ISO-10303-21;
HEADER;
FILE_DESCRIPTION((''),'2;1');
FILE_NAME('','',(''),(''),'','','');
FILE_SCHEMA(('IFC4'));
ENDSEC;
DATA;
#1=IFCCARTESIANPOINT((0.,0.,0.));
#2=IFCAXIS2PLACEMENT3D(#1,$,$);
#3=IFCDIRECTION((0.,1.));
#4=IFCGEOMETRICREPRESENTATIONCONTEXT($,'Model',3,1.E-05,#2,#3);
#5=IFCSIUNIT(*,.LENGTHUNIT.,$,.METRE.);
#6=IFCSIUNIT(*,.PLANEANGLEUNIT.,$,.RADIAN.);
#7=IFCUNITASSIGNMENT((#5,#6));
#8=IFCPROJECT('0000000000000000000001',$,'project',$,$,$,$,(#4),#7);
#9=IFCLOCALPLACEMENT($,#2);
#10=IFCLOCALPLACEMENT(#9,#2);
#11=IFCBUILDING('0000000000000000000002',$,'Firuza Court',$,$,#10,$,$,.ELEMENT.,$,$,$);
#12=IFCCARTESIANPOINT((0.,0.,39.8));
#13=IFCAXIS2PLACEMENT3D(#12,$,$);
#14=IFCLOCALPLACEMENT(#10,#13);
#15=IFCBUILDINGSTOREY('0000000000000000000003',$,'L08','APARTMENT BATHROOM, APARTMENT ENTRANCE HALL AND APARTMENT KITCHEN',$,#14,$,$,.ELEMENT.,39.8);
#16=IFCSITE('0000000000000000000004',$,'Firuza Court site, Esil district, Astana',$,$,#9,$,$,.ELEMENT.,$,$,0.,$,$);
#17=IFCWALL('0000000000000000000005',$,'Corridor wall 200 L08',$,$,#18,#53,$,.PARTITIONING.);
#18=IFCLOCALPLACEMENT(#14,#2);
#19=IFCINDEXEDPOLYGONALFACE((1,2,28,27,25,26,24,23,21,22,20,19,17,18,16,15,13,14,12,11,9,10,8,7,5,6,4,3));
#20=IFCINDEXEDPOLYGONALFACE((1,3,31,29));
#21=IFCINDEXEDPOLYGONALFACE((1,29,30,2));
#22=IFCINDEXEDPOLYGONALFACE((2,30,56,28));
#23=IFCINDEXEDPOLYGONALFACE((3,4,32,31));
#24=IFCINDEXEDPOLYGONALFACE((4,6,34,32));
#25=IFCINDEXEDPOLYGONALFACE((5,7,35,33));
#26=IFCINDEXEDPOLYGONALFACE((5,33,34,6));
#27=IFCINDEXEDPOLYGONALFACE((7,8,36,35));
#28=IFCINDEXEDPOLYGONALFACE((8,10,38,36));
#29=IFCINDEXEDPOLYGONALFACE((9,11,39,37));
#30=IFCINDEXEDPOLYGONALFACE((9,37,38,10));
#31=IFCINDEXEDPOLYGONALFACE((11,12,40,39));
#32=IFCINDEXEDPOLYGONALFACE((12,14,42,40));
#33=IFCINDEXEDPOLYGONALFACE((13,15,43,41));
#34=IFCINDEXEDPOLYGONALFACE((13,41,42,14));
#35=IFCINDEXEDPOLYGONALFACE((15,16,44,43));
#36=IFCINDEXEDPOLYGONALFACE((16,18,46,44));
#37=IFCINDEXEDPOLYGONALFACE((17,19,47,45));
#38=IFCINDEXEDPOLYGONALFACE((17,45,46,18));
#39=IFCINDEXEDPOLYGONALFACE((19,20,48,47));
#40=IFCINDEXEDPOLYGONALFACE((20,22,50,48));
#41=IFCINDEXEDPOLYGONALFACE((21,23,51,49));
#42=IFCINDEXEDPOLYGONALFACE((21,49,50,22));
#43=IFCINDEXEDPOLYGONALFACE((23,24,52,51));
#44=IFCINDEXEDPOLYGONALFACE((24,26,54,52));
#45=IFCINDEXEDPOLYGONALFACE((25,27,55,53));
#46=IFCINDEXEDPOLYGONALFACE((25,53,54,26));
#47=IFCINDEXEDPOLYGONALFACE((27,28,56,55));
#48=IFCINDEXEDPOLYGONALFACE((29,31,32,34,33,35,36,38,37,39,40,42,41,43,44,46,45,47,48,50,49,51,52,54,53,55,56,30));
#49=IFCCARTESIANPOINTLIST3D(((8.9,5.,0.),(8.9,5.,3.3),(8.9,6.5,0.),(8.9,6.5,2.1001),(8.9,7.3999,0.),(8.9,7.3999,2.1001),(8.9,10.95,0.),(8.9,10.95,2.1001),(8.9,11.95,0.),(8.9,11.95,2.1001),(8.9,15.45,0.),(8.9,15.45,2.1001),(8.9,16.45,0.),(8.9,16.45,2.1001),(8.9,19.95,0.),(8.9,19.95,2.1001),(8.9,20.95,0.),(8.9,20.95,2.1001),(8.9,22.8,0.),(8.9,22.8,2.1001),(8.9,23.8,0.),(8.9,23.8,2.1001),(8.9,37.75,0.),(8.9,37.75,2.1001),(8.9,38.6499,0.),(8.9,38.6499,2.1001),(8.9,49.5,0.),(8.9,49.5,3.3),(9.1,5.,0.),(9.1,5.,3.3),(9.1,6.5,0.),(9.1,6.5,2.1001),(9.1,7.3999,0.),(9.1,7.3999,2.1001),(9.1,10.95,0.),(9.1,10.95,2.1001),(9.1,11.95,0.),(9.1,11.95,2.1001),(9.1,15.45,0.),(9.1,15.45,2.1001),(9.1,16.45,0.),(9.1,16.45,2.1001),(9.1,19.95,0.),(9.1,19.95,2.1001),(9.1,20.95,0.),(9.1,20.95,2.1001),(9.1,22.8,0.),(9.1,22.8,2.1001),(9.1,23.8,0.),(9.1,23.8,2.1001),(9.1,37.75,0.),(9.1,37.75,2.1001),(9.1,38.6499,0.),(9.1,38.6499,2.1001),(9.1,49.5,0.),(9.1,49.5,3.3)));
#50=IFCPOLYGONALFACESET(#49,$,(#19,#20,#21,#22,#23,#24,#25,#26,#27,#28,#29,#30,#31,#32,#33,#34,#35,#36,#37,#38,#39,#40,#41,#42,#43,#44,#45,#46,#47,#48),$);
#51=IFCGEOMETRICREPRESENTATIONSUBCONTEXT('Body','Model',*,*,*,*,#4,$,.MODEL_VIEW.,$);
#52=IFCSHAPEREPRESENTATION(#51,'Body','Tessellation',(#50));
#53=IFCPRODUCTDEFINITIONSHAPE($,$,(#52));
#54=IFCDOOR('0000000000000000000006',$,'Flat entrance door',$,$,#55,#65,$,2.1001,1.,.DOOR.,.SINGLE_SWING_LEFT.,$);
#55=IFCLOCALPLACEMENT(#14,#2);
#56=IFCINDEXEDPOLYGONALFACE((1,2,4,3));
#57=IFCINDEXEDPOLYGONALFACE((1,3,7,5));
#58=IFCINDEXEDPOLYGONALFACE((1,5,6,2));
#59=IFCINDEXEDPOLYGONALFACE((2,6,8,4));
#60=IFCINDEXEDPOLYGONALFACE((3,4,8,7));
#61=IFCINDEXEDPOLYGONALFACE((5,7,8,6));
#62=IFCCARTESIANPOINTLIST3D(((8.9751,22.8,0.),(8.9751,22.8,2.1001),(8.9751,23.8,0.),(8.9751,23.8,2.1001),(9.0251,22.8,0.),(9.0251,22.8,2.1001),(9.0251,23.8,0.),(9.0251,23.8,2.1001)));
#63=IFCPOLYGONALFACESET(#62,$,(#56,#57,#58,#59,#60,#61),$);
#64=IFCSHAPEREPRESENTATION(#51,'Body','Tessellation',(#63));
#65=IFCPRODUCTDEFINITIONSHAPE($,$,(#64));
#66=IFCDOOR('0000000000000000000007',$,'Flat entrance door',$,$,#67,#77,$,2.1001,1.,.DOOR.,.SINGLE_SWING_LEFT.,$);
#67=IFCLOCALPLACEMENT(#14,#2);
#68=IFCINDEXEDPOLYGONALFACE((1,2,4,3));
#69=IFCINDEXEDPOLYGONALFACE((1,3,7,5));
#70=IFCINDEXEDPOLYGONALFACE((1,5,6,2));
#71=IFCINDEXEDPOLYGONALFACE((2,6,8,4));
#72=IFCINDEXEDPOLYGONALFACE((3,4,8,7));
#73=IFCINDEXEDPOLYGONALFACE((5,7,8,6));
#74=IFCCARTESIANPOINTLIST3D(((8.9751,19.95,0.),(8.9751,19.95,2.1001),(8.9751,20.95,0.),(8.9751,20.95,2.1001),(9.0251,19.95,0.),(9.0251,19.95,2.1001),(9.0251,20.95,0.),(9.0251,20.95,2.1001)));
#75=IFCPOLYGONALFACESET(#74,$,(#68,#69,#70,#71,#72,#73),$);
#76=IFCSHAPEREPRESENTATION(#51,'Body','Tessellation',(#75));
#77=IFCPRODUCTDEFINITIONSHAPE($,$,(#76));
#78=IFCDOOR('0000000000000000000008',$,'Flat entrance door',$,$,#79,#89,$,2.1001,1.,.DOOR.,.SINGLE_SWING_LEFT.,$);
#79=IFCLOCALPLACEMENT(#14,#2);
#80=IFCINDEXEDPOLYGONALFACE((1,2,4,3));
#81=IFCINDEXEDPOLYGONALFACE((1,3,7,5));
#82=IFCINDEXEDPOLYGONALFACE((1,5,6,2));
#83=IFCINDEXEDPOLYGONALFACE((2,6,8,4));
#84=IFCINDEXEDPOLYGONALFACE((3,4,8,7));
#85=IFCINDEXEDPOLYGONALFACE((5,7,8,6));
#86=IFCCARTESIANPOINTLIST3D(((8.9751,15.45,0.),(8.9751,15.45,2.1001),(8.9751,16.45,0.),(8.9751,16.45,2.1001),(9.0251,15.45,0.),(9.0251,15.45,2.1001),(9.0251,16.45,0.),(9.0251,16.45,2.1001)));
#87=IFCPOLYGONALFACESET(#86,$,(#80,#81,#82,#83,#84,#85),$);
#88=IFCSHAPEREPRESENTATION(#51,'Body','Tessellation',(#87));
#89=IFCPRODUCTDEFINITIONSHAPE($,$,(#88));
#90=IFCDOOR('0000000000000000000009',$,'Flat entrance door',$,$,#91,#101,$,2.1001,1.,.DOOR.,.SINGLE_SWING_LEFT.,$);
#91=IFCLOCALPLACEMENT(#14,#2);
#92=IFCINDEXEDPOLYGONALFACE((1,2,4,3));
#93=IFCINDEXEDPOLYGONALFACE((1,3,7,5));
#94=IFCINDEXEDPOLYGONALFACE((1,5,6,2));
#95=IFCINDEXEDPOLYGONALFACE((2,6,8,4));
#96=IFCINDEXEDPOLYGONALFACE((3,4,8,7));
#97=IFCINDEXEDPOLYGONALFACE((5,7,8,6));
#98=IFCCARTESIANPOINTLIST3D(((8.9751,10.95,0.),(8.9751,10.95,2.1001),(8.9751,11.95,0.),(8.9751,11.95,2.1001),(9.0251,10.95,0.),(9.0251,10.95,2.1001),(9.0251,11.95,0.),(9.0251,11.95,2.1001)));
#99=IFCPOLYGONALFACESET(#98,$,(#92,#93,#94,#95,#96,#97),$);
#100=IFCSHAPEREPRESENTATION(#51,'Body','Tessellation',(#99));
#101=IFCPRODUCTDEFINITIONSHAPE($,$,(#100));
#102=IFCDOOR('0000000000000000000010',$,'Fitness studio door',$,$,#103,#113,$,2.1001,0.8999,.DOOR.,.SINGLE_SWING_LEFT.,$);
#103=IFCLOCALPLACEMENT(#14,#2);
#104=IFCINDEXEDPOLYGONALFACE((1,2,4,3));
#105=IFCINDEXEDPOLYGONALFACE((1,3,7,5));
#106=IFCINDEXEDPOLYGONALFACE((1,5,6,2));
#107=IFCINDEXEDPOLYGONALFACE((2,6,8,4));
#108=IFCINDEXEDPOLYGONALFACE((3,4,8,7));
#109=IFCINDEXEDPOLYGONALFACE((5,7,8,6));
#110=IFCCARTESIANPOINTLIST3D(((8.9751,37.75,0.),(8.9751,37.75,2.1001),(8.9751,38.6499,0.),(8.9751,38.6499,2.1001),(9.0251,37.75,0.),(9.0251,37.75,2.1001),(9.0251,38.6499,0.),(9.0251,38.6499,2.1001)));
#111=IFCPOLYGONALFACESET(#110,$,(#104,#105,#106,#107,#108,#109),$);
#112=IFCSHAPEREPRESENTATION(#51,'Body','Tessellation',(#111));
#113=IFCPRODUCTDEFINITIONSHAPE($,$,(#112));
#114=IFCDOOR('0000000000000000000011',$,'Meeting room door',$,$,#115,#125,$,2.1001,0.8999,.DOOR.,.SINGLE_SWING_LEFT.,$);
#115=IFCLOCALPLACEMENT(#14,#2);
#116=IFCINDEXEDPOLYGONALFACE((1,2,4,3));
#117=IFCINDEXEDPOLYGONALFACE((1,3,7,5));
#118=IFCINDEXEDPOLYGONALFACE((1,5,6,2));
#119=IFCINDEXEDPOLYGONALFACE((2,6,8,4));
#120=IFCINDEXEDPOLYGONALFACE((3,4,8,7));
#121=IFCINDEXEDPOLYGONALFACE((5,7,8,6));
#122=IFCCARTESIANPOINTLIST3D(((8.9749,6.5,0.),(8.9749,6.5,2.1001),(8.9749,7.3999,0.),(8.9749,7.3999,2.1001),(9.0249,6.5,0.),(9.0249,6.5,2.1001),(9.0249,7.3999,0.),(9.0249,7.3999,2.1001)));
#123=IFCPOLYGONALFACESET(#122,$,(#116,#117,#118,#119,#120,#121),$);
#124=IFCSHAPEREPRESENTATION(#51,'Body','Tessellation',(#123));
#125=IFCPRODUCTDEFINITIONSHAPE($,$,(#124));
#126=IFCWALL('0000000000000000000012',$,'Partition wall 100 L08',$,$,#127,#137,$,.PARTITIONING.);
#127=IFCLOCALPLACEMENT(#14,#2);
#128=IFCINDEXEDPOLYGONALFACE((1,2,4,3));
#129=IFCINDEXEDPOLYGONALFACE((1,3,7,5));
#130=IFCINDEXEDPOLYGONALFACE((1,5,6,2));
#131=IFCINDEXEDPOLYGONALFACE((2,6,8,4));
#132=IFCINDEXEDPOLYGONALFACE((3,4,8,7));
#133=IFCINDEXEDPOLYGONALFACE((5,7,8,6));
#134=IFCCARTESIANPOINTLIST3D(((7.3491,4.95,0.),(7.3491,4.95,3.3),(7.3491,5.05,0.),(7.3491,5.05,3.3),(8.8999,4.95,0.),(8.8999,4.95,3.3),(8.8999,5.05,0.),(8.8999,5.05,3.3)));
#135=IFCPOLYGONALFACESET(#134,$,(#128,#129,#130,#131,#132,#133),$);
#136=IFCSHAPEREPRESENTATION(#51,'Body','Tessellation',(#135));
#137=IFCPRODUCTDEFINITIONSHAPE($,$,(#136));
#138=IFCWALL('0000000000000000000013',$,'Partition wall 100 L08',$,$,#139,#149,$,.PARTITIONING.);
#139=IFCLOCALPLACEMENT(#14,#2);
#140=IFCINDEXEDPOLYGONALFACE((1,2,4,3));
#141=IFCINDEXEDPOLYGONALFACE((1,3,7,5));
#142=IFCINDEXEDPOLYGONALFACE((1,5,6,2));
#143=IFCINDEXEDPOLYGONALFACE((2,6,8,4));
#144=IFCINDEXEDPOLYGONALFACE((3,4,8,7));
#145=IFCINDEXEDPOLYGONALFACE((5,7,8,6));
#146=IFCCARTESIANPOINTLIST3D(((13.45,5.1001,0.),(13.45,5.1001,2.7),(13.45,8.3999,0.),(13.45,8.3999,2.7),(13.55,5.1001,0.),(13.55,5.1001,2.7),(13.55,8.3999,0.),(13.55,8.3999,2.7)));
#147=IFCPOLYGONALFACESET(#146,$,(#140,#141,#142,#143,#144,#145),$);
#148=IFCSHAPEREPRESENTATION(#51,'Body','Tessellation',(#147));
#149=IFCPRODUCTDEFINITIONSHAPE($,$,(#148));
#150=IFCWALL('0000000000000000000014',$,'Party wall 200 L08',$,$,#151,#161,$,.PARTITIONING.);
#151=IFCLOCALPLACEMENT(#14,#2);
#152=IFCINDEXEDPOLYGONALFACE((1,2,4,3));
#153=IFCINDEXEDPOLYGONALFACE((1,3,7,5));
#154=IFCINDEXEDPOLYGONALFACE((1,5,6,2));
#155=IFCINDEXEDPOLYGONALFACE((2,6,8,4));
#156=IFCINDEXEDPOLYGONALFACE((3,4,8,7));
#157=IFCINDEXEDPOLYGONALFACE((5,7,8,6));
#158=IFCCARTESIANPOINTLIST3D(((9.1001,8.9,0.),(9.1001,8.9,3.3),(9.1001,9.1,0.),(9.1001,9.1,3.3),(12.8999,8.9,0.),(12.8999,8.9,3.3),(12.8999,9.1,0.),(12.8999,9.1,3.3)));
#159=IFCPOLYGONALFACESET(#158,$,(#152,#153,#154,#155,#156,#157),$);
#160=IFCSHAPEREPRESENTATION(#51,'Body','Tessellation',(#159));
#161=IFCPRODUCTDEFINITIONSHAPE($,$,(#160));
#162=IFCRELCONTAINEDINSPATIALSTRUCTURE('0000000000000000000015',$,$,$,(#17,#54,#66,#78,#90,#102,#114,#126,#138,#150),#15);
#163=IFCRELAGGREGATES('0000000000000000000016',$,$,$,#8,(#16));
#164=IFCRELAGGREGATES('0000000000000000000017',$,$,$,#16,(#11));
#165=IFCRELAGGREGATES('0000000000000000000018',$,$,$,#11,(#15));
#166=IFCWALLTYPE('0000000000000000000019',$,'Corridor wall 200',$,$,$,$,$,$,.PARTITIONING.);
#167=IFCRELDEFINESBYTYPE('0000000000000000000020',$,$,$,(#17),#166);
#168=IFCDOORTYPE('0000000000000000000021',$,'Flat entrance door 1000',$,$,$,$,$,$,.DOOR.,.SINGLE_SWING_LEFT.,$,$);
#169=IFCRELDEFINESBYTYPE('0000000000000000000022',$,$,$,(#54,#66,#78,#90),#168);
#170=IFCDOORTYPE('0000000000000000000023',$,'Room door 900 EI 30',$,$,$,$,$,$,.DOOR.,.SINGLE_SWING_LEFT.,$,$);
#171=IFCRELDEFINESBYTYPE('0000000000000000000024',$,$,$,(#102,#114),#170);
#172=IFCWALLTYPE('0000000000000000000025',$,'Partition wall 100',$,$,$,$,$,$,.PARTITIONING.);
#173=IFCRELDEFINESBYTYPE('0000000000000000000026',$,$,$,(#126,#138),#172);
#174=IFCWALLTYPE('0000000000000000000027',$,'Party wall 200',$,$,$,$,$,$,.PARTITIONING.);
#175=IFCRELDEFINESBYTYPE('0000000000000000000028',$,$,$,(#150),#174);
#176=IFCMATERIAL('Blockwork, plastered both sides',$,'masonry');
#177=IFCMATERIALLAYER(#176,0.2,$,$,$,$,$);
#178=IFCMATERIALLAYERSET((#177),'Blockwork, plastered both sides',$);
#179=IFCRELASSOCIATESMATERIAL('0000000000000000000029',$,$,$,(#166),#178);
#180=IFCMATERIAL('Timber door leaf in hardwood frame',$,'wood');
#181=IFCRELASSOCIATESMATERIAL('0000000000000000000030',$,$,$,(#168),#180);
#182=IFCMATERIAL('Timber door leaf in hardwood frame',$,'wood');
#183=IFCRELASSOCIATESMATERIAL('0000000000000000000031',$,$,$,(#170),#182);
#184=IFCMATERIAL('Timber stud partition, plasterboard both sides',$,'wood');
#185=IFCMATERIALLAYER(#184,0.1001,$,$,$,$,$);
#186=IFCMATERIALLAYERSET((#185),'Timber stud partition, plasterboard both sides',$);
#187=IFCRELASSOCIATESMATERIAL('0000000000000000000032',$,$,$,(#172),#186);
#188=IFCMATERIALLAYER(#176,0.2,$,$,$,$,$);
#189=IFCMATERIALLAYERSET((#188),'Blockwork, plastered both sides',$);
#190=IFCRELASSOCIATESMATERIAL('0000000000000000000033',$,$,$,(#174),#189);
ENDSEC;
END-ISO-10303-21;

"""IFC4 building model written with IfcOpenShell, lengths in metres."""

from ifc_helpers import new_model, si_unit, direction, frame, frame_2d, origin, place, context, subcontext, project, spatial, rectangle, extrude, material, layer, layer_set, type_object, element, fill, save


model = new_model("IFC4")

# Units and contexts
model_context = context("Model", 3, precision=1e-05, world=origin(), true_north=direction((0.0, 1.0)))
body_context = subcontext(model_context, "Body", "Model", "MODEL_VIEW")
ifc_project = project(units=[si_unit("LENGTHUNIT", "METRE"), si_unit("PLANEANGLEUNIT", "RADIAN")], contexts=[model_context])

# Site, building, storey
site_placement = place(None, origin())
site = spatial("IfcSite", under=ifc_project, at=site_placement, Name="Firuza Court site, Esil district, Astana", CompositionType="ELEMENT", RefElevation=0.0)
building_placement = place(site_placement, origin())
building = spatial("IfcBuilding", under=site, at=building_placement, Name="Firuza Court", CompositionType="ELEMENT")
storey_placement = place(building_placement, frame((0.0, 0.0, 39.8)))
storey = spatial("IfcBuildingStorey", under=building, at=storey_placement, Name="L08", Description="APARTMENT BATHROOM, APARTMENT ENTRANCE HALL AND APARTMENT KITCHEN", CompositionType="ELEMENT", Elevation=39.8)

# Wall, openings, doors
ifc_material_1 = material(Name="Blockwork, plastered both sides", Category="masonry")
ifc_layer_1 = layer(ifc_material_1, 0.2)
ifc_layer_set_1 = layer_set([ifc_layer_1], Name="Blockwork, plastered both sides")
wall_type_1 = type_object("IfcWallType", Name="Corridor wall 200", PredefinedType="PARTITIONING", material=ifc_layer_set_1)
wall_1_placement = place(storey_placement, frame((9.0, 5.0, 0.0), z_axis=(0.0, 0.0, 1.0), x_axis=(0.0, 1.0, 0.0)))
wall_1 = element("IfcWall", 1, at=wall_1_placement, inside=storey, type_object=wall_type_1, Name="Corridor wall 200 L08", PredefinedType="PARTITIONING", context=body_context, shape_type="SweptSolid", body=[
    extrude(rectangle(XDim=44.5, YDim=0.2, at=frame_2d((22.25, 0.0))), origin(), (0.0, 0.0, 1.0), 3.3),
])
opening_1_placement = place(wall_1_placement, frame((17.8, 0.0, 0.0)))
opening_1 = element("IfcOpeningElement", 2, at=opening_1_placement, cuts=wall_1, PredefinedType="OPENING", context=body_context, shape_type="SweptSolid", body=[
    extrude(rectangle(XDim=1.0, YDim=2.1001, at=frame_2d((0.5, 1.05))), frame((0.0, 0.1118, 0.0), z_axis=(0.0, -1.0, 0.0), x_axis=(1.0, 0.0, 0.0)), (0.0, 0.0, 1.0), 0.2239),
])
opening_2_placement = place(wall_1_placement, frame((14.95, 0.0, 0.0)))
opening_2 = element("IfcOpeningElement", 3, at=opening_2_placement, cuts=wall_1, PredefinedType="OPENING", context=body_context, shape_type="SweptSolid", body=[
    extrude(rectangle(XDim=1.0, YDim=2.1001, at=frame_2d((0.5, 1.05))), frame((0.0, 0.1118, 0.0), z_axis=(0.0, -1.0, 0.0), x_axis=(1.0, 0.0, 0.0)), (0.0, 0.0, 1.0), 0.2239),
])
opening_3_placement = place(wall_1_placement, frame((10.45, 0.0, 0.0)))
opening_3 = element("IfcOpeningElement", 4, at=opening_3_placement, cuts=wall_1, PredefinedType="OPENING", context=body_context, shape_type="SweptSolid", body=[
    extrude(rectangle(XDim=1.0, YDim=2.1001, at=frame_2d((0.5, 1.05))), frame((0.0, 0.1118, 0.0), z_axis=(0.0, -1.0, 0.0), x_axis=(1.0, 0.0, 0.0)), (0.0, 0.0, 1.0), 0.2239),
])
opening_4_placement = place(wall_1_placement, frame((5.95, 0.0, 0.0)))
opening_4 = element("IfcOpeningElement", 5, at=opening_4_placement, cuts=wall_1, PredefinedType="OPENING", context=body_context, shape_type="SweptSolid", body=[
    extrude(rectangle(XDim=1.0, YDim=2.1001, at=frame_2d((0.5, 1.05))), frame((0.0, 0.1118, 0.0), z_axis=(0.0, -1.0, 0.0), x_axis=(1.0, 0.0, 0.0)), (0.0, 0.0, 1.0), 0.2239),
])
opening_5_placement = place(wall_1_placement, frame((32.75, 0.0, 0.0)))
opening_5 = element("IfcOpeningElement", 6, at=opening_5_placement, cuts=wall_1, PredefinedType="OPENING", context=body_context, shape_type="SweptSolid", body=[
    extrude(rectangle(XDim=0.8999, YDim=2.1001, at=frame_2d((0.45, 1.05))), frame((0.0, 0.1118, 0.0), z_axis=(0.0, -1.0, 0.0), x_axis=(1.0, 0.0, 0.0)), (0.0, 0.0, 1.0), 0.2239),
])
opening_6_placement = place(wall_1_placement, frame((1.5, 0.0, 0.0)))
opening_6 = element("IfcOpeningElement", 7, at=opening_6_placement, cuts=wall_1, PredefinedType="OPENING", context=body_context, shape_type="SweptSolid", body=[
    extrude(rectangle(XDim=0.8999, YDim=2.1001, at=frame_2d((0.45, 1.05))), frame((0.0, 0.1118, 0.0), z_axis=(0.0, -1.0, 0.0), x_axis=(1.0, 0.0, 0.0)), (0.0, 0.0, 1.0), 0.2239),
])
ifc_material_2 = material(Name="Timber door leaf in hardwood frame", Category="wood")
door_type_1 = type_object("IfcDoorType", Name="Flat entrance door 1000", OperationType="SINGLE_SWING_LEFT", PredefinedType="DOOR", material=ifc_material_2)
door_1_placement = place(opening_1_placement, origin())
door_1 = element("IfcDoor", 8, at=door_1_placement, inside=storey, type_object=door_type_1, Name="Flat entrance door", OperationType="SINGLE_SWING_LEFT", OverallHeight=2.1001, OverallWidth=1.0, PredefinedType="DOOR", context=body_context, shape_type="SweptSolid", body=[
    extrude(rectangle(XDim=1.0, YDim=2.1001, at=frame_2d((0.5, 1.05))), frame((0.0, 0.0249, 0.0), z_axis=(0.0, -1.0, 0.0), x_axis=(1.0, 0.0, 0.0)), (0.0, 0.0, 1.0), 0.05),
])
fill(opening_1, door_1)
door_2_placement = place(opening_2_placement, origin())
door_2 = element("IfcDoor", 9, at=door_2_placement, inside=storey, type_object=door_type_1, Name="Flat entrance door", OperationType="SINGLE_SWING_LEFT", OverallHeight=2.1001, OverallWidth=1.0, PredefinedType="DOOR", context=body_context, shape_type="SweptSolid", body=[
    extrude(rectangle(XDim=1.0, YDim=2.1001, at=frame_2d((0.5, 1.05))), frame((0.0, 0.0249, 0.0), z_axis=(0.0, -1.0, 0.0), x_axis=(1.0, 0.0, 0.0)), (0.0, 0.0, 1.0), 0.05),
])
fill(opening_2, door_2)
door_3_placement = place(opening_3_placement, origin())
door_3 = element("IfcDoor", 10, at=door_3_placement, inside=storey, type_object=door_type_1, Name="Flat entrance door", OperationType="SINGLE_SWING_LEFT", OverallHeight=2.1001, OverallWidth=1.0, PredefinedType="DOOR", context=body_context, shape_type="SweptSolid", body=[
    extrude(rectangle(XDim=1.0, YDim=2.1001, at=frame_2d((0.5, 1.05))), frame((0.0, 0.0249, 0.0), z_axis=(0.0, -1.0, 0.0), x_axis=(1.0, 0.0, 0.0)), (0.0, 0.0, 1.0), 0.05),
])
fill(opening_3, door_3)
door_4_placement = place(opening_4_placement, origin())
door_4 = element("IfcDoor", 11, at=door_4_placement, inside=storey, type_object=door_type_1, Name="Flat entrance door", OperationType="SINGLE_SWING_LEFT", OverallHeight=2.1001, OverallWidth=1.0, PredefinedType="DOOR", context=body_context, shape_type="SweptSolid", body=[
    extrude(rectangle(XDim=1.0, YDim=2.1001, at=frame_2d((0.5, 1.05))), frame((0.0, 0.0249, 0.0), z_axis=(0.0, -1.0, 0.0), x_axis=(1.0, 0.0, 0.0)), (0.0, 0.0, 1.0), 0.05),
])
fill(opening_4, door_4)
ifc_material_3 = material(Name="Timber door leaf in hardwood frame", Category="wood")
door_type_2 = type_object("IfcDoorType", Name="Room door 900 EI 30", OperationType="SINGLE_SWING_LEFT", PredefinedType="DOOR", material=ifc_material_3)
door_5_placement = place(opening_5_placement, origin())
door_5 = element("IfcDoor", 12, at=door_5_placement, inside=storey, type_object=door_type_2, Name="Fitness studio door", OperationType="SINGLE_SWING_LEFT", OverallHeight=2.1001, OverallWidth=0.8999, PredefinedType="DOOR", context=body_context, shape_type="SweptSolid", body=[
    extrude(rectangle(XDim=0.8999, YDim=2.1001, at=frame_2d((0.45, 1.05))), frame((0.0, 0.0249, 0.0), z_axis=(0.0, -1.0, 0.0), x_axis=(1.0, 0.0, 0.0)), (0.0, 0.0, 1.0), 0.05),
])
fill(opening_5, door_5)
door_6_placement = place(opening_6_placement, frame((0.8999, 0.0, 0.0), z_axis=(0.0, 0.0, 1.0), x_axis=(-1.0, 0.0, 0.0)))
door_6 = element("IfcDoor", 13, at=door_6_placement, inside=storey, type_object=door_type_2, Name="Meeting room door", OperationType="SINGLE_SWING_LEFT", OverallHeight=2.1001, OverallWidth=0.8999, PredefinedType="DOOR", context=body_context, shape_type="SweptSolid", body=[
    extrude(rectangle(XDim=0.8999, YDim=2.1001, at=frame_2d((0.45, 1.05))), frame((0.0, 0.0249, 0.0), z_axis=(0.0, -1.0, 0.0), x_axis=(1.0, 0.0, 0.0)), (0.0, 0.0, 1.0), 0.05),
])
fill(opening_6, door_6)

# Walls
ifc_material_4 = material(Name="Timber stud partition, plasterboard both sides", Category="wood")
ifc_layer_2 = layer(ifc_material_4, 0.1001)
ifc_layer_set_2 = layer_set([ifc_layer_2], Name="Timber stud partition, plasterboard both sides")
wall_type_2 = type_object("IfcWallType", Name="Partition wall 100", PredefinedType="PARTITIONING", material=ifc_layer_set_2)
wall_2_placement = place(storey_placement, frame((7.3491, 5.0, 0.0), z_axis=(0.0, 0.0, 1.0), x_axis=(1.0, 0.0, 0.0)))
element("IfcWall", 14, at=wall_2_placement, inside=storey, type_object=wall_type_2, Name="Partition wall 100 L08", PredefinedType="PARTITIONING", context=body_context, shape_type="SweptSolid", body=[
    extrude(rectangle(XDim=1.5508, YDim=0.1001, at=frame_2d((0.7754, 0.0))), origin(), (0.0, 0.0, 1.0), 3.3),
])
wall_3_placement = place(storey_placement, frame((13.5, 5.1001, 0.0), z_axis=(0.0, 0.0, 1.0), x_axis=(0.0, 1.0, 0.0)))
element("IfcWall", 15, at=wall_3_placement, inside=storey, type_object=wall_type_2, Name="Partition wall 100 L08", PredefinedType="PARTITIONING", context=body_context, shape_type="SweptSolid", body=[
    extrude(rectangle(XDim=3.2998, YDim=0.1001, at=frame_2d((1.6499, 0.0))), origin(), (0.0, 0.0, 1.0), 2.7),
])
ifc_layer_3 = layer(ifc_material_1, 0.2)
ifc_layer_set_3 = layer_set([ifc_layer_3], Name="Blockwork, plastered both sides")
wall_type_3 = type_object("IfcWallType", Name="Party wall 200", PredefinedType="PARTITIONING", material=ifc_layer_set_3)
wall_4_placement = place(storey_placement, frame((9.1001, 9.0, 0.0), z_axis=(0.0, 0.0, 1.0), x_axis=(1.0, 0.0, 0.0)))
element("IfcWall", 16, at=wall_4_placement, inside=storey, type_object=wall_type_3, Name="Party wall 200 L08", PredefinedType="PARTITIONING", context=body_context, shape_type="SweptSolid", body=[
    extrude(rectangle(XDim=3.7998, YDim=0.2, at=frame_2d((1.8999, 0.0))), origin(), (0.0, 0.0, 1.0), 3.3),
])

save(model, "model.ifc")
